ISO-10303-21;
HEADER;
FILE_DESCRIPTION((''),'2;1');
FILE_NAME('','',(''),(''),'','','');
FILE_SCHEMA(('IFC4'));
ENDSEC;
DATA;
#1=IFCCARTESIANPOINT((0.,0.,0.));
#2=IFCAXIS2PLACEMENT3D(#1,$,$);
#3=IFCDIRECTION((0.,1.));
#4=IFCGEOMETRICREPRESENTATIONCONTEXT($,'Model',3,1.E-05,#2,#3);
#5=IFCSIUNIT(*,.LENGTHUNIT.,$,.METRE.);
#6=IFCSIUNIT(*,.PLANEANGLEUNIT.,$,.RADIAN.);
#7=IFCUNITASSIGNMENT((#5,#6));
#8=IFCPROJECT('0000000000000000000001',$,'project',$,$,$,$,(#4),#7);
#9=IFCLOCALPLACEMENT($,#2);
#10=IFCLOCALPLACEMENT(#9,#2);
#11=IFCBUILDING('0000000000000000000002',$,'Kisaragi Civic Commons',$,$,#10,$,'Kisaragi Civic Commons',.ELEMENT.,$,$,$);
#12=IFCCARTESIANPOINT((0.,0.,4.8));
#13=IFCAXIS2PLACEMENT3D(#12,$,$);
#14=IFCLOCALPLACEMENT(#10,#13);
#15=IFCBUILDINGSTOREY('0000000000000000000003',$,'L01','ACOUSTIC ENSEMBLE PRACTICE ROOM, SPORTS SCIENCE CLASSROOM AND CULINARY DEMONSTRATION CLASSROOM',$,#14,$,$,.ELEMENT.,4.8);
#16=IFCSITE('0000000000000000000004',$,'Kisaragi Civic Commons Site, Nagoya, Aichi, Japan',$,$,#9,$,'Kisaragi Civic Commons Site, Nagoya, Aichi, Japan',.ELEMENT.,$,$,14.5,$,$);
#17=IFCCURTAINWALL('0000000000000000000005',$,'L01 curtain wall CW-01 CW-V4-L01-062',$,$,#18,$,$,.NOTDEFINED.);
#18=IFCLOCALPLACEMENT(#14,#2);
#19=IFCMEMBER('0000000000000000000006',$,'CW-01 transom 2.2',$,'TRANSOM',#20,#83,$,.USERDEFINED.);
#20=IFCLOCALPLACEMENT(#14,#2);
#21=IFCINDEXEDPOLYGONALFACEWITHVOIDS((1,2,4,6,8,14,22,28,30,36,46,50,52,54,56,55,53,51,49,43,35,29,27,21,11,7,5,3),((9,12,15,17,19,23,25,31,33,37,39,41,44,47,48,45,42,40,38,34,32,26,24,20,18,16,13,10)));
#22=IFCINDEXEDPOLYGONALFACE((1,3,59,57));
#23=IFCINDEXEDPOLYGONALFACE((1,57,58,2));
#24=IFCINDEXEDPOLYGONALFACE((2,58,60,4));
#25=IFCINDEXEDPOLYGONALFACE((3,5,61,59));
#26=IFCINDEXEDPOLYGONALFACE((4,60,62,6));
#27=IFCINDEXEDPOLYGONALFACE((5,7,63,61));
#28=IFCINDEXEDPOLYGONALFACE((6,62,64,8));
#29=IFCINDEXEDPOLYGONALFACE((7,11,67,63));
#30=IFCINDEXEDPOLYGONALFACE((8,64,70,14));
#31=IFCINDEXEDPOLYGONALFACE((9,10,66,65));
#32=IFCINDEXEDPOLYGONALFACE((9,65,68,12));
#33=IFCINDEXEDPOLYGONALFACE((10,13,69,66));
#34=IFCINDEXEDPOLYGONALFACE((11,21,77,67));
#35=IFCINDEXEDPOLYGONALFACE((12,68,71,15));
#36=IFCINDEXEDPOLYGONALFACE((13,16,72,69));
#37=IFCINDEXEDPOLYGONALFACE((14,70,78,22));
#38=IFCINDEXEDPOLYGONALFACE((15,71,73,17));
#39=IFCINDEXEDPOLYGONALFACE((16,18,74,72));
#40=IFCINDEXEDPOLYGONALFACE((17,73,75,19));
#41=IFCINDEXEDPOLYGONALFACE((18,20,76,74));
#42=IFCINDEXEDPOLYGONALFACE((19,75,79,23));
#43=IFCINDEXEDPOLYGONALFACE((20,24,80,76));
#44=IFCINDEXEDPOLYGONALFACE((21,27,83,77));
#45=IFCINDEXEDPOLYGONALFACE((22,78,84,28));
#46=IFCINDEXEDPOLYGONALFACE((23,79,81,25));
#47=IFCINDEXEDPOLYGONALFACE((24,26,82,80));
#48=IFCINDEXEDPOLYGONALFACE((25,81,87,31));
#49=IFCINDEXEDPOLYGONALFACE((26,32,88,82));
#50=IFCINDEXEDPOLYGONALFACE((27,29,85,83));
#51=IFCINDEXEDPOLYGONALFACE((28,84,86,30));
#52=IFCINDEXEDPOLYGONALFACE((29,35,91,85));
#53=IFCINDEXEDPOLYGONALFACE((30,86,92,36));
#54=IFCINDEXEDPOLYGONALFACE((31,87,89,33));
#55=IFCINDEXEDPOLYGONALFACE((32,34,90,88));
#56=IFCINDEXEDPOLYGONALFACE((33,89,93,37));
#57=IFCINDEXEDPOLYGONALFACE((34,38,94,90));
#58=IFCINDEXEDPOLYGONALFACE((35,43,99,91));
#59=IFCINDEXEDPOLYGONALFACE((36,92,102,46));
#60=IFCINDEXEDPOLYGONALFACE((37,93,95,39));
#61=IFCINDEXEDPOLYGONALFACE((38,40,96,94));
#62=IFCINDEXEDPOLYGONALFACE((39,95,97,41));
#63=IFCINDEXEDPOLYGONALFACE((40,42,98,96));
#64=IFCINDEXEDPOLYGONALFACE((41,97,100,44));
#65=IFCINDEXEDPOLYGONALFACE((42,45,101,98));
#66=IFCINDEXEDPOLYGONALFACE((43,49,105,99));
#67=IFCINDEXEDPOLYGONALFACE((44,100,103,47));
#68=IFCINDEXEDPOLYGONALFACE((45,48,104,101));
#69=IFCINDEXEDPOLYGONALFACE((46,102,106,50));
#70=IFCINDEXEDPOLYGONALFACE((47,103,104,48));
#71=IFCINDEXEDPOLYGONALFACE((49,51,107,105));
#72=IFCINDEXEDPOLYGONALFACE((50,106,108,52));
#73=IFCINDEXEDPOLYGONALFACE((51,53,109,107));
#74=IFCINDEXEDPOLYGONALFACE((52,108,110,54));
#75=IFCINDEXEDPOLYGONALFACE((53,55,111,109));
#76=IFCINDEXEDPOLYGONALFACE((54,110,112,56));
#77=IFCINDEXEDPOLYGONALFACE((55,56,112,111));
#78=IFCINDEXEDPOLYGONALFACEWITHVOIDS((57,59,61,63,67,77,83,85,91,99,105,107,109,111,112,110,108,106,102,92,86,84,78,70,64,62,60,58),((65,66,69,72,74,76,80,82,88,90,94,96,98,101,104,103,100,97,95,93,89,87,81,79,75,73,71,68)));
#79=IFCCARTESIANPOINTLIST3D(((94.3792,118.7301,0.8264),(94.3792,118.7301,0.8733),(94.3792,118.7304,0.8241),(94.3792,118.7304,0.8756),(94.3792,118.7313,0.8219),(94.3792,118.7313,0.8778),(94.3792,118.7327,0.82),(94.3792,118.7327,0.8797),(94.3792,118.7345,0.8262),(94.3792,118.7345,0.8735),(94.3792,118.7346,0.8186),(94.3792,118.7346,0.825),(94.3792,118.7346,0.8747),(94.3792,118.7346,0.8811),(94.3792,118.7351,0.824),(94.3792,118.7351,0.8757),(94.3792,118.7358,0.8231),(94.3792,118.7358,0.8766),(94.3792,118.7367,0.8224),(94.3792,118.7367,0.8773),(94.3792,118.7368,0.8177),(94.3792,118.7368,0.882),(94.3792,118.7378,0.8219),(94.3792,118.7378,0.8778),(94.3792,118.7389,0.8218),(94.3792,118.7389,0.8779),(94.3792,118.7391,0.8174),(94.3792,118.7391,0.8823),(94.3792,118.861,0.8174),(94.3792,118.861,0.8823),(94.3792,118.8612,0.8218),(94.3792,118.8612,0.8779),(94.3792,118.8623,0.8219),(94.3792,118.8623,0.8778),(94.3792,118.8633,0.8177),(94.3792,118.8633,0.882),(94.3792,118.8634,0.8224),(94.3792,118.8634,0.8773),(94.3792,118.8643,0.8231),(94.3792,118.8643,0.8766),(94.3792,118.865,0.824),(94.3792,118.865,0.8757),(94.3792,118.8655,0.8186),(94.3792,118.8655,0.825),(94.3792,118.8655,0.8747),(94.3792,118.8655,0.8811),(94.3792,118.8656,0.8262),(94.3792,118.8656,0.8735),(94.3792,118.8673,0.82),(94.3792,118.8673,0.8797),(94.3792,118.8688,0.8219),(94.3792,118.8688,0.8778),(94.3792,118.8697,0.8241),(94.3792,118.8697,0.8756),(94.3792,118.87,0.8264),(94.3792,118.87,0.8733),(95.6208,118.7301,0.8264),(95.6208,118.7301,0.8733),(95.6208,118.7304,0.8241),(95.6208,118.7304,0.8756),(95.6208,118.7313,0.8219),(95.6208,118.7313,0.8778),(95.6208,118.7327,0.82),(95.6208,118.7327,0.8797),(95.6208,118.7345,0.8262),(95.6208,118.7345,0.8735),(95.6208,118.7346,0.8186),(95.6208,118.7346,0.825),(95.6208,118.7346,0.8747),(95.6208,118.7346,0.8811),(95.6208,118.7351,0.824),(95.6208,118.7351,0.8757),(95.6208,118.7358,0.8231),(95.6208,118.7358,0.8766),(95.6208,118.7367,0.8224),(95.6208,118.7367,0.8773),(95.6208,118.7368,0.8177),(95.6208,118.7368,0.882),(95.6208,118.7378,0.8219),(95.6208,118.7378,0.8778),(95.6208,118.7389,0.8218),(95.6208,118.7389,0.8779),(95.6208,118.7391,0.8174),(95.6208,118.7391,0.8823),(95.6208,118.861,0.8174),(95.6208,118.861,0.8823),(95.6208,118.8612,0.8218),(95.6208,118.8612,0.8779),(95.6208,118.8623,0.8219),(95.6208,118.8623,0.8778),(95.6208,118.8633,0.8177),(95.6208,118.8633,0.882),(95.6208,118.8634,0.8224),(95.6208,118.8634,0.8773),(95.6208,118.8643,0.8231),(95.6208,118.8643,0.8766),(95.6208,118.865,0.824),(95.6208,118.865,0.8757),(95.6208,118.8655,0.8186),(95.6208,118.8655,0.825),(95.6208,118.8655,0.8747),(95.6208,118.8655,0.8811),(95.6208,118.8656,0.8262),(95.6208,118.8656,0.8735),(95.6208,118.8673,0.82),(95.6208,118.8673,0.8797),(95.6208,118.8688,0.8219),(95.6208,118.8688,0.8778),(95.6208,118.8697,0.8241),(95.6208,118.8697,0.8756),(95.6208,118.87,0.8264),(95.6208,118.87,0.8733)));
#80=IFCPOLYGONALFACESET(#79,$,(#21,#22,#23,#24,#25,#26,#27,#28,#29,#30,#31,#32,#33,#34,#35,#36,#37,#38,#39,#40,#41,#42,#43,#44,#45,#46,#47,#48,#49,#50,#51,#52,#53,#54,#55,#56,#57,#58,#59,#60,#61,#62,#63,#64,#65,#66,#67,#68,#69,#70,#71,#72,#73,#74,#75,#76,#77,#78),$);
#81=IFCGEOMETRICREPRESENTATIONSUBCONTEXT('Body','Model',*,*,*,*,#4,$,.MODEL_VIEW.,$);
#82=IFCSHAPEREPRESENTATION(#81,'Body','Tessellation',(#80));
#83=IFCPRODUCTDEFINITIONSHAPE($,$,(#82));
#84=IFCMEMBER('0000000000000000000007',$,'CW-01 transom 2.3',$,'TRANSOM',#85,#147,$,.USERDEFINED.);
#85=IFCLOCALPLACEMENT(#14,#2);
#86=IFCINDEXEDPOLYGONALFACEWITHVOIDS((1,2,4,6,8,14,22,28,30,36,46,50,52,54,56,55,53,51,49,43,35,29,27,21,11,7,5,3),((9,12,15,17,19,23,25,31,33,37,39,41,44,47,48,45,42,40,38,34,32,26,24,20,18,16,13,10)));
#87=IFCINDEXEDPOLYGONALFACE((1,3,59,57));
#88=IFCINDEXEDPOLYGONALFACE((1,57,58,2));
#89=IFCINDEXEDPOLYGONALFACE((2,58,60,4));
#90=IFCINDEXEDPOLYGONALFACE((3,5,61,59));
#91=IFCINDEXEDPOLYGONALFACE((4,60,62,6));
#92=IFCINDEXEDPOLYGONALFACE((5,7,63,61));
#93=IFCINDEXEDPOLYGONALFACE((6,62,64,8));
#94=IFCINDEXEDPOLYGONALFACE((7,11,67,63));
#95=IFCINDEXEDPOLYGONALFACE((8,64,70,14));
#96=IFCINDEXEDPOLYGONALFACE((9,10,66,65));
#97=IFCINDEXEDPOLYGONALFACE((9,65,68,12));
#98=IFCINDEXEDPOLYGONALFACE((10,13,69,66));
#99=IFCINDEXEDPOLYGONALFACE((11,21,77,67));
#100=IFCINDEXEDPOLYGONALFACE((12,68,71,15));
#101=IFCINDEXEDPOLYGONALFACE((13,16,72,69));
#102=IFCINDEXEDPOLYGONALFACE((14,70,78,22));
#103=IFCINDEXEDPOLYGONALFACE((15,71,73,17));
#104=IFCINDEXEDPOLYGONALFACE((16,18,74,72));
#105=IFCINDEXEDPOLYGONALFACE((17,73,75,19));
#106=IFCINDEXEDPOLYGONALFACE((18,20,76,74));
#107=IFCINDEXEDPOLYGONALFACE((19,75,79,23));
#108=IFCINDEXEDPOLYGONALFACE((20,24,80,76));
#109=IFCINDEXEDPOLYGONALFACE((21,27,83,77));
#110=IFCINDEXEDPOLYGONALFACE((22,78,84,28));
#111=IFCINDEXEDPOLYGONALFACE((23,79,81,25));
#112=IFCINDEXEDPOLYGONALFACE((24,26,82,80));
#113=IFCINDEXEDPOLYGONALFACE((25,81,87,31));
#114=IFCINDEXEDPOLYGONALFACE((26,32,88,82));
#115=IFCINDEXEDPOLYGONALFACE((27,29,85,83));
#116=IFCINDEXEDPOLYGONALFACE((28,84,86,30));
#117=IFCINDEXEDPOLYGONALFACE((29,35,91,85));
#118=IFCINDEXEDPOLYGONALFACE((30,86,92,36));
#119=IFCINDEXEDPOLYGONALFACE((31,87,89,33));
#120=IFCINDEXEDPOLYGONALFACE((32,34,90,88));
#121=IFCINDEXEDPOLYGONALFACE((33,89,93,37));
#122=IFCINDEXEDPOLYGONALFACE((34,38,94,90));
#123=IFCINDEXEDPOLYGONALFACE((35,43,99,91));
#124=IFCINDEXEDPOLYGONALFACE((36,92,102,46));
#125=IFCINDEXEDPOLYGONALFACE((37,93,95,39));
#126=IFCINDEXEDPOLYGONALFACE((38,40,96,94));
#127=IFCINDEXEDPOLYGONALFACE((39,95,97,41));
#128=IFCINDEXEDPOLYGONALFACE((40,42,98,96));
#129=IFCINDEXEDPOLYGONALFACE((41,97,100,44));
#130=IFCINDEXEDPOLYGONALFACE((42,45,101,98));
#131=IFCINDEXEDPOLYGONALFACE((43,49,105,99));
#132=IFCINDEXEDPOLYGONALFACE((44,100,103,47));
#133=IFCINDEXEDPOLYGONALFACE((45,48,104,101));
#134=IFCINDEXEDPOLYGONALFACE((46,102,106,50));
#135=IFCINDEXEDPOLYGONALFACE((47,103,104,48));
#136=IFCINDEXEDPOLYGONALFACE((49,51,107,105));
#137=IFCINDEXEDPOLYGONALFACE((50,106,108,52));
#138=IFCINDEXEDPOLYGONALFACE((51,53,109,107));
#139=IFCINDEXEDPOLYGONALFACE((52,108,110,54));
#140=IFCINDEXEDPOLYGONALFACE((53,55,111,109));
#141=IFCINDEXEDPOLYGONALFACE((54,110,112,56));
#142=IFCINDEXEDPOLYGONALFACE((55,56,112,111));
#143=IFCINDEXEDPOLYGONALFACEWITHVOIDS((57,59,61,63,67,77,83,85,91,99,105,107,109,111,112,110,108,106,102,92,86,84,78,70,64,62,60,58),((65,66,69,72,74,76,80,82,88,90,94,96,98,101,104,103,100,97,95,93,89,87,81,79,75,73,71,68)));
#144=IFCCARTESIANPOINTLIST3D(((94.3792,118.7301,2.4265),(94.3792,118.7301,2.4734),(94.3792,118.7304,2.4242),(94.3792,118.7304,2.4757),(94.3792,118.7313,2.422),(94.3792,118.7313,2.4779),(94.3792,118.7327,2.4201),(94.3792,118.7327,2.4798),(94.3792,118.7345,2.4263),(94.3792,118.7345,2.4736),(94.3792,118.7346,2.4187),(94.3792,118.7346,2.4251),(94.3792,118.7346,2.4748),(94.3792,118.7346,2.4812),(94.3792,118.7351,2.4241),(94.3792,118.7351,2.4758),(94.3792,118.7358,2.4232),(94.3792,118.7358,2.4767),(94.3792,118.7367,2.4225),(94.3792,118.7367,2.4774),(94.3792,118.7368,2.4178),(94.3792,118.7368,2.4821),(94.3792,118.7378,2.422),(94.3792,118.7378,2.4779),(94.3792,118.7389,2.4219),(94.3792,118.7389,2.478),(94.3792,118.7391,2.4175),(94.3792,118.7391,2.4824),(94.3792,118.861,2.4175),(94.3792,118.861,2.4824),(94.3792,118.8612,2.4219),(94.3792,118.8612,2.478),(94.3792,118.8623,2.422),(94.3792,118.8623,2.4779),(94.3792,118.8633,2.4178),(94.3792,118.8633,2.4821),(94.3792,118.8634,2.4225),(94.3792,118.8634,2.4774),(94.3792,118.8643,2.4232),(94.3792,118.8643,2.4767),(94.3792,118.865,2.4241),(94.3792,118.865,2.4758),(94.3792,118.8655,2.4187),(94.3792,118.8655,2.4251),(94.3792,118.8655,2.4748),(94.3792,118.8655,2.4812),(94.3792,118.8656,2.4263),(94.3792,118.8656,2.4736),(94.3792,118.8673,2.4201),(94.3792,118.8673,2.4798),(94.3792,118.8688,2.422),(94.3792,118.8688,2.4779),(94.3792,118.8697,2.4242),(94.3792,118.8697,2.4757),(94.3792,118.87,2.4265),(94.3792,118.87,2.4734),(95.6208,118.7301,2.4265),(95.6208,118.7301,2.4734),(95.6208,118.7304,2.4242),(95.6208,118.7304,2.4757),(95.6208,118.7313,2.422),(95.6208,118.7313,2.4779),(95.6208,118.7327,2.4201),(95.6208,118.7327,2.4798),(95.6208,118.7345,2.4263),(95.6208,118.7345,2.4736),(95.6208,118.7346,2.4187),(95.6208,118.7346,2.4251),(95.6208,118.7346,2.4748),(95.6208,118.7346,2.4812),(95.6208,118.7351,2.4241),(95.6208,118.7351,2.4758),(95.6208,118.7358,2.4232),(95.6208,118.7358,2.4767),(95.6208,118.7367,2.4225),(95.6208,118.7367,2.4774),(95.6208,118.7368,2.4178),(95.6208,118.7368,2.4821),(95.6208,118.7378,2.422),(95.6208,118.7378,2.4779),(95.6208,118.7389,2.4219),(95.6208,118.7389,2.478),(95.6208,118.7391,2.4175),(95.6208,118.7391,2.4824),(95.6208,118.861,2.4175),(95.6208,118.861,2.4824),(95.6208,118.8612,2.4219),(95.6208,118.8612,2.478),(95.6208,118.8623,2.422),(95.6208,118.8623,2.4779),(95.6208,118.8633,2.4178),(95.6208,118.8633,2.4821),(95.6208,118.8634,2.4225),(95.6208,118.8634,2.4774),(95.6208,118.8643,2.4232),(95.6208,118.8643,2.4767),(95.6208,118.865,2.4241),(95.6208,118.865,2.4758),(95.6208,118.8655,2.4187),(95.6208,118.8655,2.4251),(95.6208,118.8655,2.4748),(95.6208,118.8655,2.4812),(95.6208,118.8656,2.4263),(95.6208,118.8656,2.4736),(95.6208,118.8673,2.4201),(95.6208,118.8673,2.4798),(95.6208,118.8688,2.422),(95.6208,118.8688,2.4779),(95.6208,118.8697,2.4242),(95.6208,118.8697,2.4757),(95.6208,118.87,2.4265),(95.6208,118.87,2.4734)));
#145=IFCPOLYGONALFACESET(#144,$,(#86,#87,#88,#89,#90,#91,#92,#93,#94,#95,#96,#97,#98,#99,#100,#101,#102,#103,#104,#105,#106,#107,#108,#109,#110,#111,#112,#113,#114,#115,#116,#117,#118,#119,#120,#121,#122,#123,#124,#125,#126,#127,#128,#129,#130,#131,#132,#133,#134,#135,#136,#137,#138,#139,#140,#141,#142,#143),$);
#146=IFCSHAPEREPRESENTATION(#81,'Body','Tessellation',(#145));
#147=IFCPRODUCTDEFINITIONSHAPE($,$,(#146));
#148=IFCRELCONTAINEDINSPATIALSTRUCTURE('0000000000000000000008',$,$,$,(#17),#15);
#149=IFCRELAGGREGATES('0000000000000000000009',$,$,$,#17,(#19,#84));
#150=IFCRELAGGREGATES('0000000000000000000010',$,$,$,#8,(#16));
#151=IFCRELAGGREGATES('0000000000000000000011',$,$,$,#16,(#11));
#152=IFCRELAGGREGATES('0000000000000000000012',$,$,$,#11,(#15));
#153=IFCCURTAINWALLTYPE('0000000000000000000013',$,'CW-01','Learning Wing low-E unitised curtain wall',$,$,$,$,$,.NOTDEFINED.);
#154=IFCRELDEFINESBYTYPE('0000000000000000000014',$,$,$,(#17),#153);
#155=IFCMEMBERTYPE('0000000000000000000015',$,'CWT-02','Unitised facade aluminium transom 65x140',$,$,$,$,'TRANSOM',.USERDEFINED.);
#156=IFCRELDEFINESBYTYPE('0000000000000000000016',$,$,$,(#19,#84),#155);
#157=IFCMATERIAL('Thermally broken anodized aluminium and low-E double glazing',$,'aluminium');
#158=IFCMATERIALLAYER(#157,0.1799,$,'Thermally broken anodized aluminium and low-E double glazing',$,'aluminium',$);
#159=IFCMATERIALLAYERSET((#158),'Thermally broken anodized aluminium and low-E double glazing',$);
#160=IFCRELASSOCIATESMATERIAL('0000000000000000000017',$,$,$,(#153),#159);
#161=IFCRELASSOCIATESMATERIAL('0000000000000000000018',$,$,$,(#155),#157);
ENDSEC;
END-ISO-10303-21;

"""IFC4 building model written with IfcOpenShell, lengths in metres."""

from ifc_helpers import new_model, si_unit, direction, frame, origin, origin_2d, place, context, subcontext, project, spatial, hollow_rectangle, extrude, material, layer, layer_set, material_profile, profile_set, type_object, element, aggregate, save


model = new_model("IFC4")

# Units and contexts
model_context = context("Model", 3, precision=1e-05, world=origin(), true_north=direction((0.0, 1.0)))
body_context = subcontext(model_context, "Body", "Model", "MODEL_VIEW")
ifc_project = project(units=[si_unit("LENGTHUNIT", "METRE"), si_unit("PLANEANGLEUNIT", "RADIAN")], contexts=[model_context])

# Site, building, storey
site_placement = place(None, origin())
site = spatial("IfcSite", under=ifc_project, at=site_placement, Name="Kisaragi Civic Commons Site, Nagoya, Aichi, Japan", LongName="Kisaragi Civic Commons Site, Nagoya, Aichi, Japan", CompositionType="ELEMENT", RefElevation=14.5)
building_placement = place(site_placement, origin())
building = spatial("IfcBuilding", under=site, at=building_placement, Name="Kisaragi Civic Commons", LongName="Kisaragi Civic Commons", CompositionType="ELEMENT")
storey_placement = place(building_placement, frame((0.0, 0.0, 4.8)))
storey = spatial("IfcBuildingStorey", under=building, at=storey_placement, Name="L01", Description="ACOUSTIC ENSEMBLE PRACTICE ROOM, SPORTS SCIENCE CLASSROOM AND CULINARY DEMONSTRATION CLASSROOM", CompositionType="ELEMENT", Elevation=4.8)

# Curtain wall, members
ifc_material_1 = material(Name="Thermally broken anodized aluminium and low-E double glazing", Category="aluminium")
ifc_layer_1 = layer(ifc_material_1, 0.1799, Name="Thermally broken anodized aluminium and low-E double glazing", Category="aluminium")
ifc_layer_set_1 = layer_set([ifc_layer_1], Name="Thermally broken anodized aluminium and low-E double glazing")
curtain_wall_type = type_object("IfcCurtainWallType", Name="CW-01", Description="Learning Wing low-E unitised curtain wall", PredefinedType="NOTDEFINED", material=ifc_layer_set_1)
curtain_wall_placement = place(storey_placement, origin())
curtain_wall = element("IfcCurtainWall", 1, at=curtain_wall_placement, inside=storey, type_object=curtain_wall_type, Name="L01 curtain wall CW-01 CW-V4-L01-062", PredefinedType="NOTDEFINED")
ifc_material_profile_1 = material_profile(ifc_material_1, hollow_rectangle(XDim=0.1399, YDim=0.0649, WallThickness=0.0044, InnerFilletRadius=0.0044, OuterFilletRadius=0.009, at=origin_2d()), Name="CWT-65x140x4.5", Category="aluminium")
ifc_profile_set_1 = profile_set([ifc_material_profile_1], Name="Thermally broken anodized aluminium and low-E double glazing")
member_type_1 = type_object("IfcMemberType", Name="CWT-02", Description="Unitised facade aluminium transom 65x140", ElementType="TRANSOM", PredefinedType="USERDEFINED", material=ifc_profile_set_1)
member_1_placement = place(storey_placement, frame((94.3792, 118.8, 0.8499), z_axis=(1.0, 0.0, 0.0), x_axis=(0.0, 1.0, 0.0)))
member_1 = element("IfcMember", 2, at=member_1_placement, type_object=member_type_1, Name="CW-01 transom 2.2", ObjectType="TRANSOM", PredefinedType="USERDEFINED", context=body_context, shape_type="SweptSolid", body=[
    extrude(hollow_rectangle(XDim=0.1399, YDim=0.0649, WallThickness=0.0044, InnerFilletRadius=0.0044, OuterFilletRadius=0.009, at=origin_2d()), origin(), (0.0, 0.0, 1.0), 1.2417),
])
member_2_placement = place(storey_placement, frame((94.3792, 118.8, 2.45), z_axis=(1.0, 0.0, 0.0), x_axis=(0.0, 1.0, 0.0)))
member_2 = element("IfcMember", 3, at=member_2_placement, type_object=member_type_1, Name="CW-01 transom 2.3", ObjectType="TRANSOM", PredefinedType="USERDEFINED", context=body_context, shape_type="SweptSolid", body=[
    extrude(hollow_rectangle(XDim=0.1399, YDim=0.0649, WallThickness=0.0044, InnerFilletRadius=0.0044, OuterFilletRadius=0.009, at=origin_2d()), origin(), (0.0, 0.0, 1.0), 1.2417),
])
aggregate(curtain_wall, [member_1, member_2])

save(model, "model.ifc")
